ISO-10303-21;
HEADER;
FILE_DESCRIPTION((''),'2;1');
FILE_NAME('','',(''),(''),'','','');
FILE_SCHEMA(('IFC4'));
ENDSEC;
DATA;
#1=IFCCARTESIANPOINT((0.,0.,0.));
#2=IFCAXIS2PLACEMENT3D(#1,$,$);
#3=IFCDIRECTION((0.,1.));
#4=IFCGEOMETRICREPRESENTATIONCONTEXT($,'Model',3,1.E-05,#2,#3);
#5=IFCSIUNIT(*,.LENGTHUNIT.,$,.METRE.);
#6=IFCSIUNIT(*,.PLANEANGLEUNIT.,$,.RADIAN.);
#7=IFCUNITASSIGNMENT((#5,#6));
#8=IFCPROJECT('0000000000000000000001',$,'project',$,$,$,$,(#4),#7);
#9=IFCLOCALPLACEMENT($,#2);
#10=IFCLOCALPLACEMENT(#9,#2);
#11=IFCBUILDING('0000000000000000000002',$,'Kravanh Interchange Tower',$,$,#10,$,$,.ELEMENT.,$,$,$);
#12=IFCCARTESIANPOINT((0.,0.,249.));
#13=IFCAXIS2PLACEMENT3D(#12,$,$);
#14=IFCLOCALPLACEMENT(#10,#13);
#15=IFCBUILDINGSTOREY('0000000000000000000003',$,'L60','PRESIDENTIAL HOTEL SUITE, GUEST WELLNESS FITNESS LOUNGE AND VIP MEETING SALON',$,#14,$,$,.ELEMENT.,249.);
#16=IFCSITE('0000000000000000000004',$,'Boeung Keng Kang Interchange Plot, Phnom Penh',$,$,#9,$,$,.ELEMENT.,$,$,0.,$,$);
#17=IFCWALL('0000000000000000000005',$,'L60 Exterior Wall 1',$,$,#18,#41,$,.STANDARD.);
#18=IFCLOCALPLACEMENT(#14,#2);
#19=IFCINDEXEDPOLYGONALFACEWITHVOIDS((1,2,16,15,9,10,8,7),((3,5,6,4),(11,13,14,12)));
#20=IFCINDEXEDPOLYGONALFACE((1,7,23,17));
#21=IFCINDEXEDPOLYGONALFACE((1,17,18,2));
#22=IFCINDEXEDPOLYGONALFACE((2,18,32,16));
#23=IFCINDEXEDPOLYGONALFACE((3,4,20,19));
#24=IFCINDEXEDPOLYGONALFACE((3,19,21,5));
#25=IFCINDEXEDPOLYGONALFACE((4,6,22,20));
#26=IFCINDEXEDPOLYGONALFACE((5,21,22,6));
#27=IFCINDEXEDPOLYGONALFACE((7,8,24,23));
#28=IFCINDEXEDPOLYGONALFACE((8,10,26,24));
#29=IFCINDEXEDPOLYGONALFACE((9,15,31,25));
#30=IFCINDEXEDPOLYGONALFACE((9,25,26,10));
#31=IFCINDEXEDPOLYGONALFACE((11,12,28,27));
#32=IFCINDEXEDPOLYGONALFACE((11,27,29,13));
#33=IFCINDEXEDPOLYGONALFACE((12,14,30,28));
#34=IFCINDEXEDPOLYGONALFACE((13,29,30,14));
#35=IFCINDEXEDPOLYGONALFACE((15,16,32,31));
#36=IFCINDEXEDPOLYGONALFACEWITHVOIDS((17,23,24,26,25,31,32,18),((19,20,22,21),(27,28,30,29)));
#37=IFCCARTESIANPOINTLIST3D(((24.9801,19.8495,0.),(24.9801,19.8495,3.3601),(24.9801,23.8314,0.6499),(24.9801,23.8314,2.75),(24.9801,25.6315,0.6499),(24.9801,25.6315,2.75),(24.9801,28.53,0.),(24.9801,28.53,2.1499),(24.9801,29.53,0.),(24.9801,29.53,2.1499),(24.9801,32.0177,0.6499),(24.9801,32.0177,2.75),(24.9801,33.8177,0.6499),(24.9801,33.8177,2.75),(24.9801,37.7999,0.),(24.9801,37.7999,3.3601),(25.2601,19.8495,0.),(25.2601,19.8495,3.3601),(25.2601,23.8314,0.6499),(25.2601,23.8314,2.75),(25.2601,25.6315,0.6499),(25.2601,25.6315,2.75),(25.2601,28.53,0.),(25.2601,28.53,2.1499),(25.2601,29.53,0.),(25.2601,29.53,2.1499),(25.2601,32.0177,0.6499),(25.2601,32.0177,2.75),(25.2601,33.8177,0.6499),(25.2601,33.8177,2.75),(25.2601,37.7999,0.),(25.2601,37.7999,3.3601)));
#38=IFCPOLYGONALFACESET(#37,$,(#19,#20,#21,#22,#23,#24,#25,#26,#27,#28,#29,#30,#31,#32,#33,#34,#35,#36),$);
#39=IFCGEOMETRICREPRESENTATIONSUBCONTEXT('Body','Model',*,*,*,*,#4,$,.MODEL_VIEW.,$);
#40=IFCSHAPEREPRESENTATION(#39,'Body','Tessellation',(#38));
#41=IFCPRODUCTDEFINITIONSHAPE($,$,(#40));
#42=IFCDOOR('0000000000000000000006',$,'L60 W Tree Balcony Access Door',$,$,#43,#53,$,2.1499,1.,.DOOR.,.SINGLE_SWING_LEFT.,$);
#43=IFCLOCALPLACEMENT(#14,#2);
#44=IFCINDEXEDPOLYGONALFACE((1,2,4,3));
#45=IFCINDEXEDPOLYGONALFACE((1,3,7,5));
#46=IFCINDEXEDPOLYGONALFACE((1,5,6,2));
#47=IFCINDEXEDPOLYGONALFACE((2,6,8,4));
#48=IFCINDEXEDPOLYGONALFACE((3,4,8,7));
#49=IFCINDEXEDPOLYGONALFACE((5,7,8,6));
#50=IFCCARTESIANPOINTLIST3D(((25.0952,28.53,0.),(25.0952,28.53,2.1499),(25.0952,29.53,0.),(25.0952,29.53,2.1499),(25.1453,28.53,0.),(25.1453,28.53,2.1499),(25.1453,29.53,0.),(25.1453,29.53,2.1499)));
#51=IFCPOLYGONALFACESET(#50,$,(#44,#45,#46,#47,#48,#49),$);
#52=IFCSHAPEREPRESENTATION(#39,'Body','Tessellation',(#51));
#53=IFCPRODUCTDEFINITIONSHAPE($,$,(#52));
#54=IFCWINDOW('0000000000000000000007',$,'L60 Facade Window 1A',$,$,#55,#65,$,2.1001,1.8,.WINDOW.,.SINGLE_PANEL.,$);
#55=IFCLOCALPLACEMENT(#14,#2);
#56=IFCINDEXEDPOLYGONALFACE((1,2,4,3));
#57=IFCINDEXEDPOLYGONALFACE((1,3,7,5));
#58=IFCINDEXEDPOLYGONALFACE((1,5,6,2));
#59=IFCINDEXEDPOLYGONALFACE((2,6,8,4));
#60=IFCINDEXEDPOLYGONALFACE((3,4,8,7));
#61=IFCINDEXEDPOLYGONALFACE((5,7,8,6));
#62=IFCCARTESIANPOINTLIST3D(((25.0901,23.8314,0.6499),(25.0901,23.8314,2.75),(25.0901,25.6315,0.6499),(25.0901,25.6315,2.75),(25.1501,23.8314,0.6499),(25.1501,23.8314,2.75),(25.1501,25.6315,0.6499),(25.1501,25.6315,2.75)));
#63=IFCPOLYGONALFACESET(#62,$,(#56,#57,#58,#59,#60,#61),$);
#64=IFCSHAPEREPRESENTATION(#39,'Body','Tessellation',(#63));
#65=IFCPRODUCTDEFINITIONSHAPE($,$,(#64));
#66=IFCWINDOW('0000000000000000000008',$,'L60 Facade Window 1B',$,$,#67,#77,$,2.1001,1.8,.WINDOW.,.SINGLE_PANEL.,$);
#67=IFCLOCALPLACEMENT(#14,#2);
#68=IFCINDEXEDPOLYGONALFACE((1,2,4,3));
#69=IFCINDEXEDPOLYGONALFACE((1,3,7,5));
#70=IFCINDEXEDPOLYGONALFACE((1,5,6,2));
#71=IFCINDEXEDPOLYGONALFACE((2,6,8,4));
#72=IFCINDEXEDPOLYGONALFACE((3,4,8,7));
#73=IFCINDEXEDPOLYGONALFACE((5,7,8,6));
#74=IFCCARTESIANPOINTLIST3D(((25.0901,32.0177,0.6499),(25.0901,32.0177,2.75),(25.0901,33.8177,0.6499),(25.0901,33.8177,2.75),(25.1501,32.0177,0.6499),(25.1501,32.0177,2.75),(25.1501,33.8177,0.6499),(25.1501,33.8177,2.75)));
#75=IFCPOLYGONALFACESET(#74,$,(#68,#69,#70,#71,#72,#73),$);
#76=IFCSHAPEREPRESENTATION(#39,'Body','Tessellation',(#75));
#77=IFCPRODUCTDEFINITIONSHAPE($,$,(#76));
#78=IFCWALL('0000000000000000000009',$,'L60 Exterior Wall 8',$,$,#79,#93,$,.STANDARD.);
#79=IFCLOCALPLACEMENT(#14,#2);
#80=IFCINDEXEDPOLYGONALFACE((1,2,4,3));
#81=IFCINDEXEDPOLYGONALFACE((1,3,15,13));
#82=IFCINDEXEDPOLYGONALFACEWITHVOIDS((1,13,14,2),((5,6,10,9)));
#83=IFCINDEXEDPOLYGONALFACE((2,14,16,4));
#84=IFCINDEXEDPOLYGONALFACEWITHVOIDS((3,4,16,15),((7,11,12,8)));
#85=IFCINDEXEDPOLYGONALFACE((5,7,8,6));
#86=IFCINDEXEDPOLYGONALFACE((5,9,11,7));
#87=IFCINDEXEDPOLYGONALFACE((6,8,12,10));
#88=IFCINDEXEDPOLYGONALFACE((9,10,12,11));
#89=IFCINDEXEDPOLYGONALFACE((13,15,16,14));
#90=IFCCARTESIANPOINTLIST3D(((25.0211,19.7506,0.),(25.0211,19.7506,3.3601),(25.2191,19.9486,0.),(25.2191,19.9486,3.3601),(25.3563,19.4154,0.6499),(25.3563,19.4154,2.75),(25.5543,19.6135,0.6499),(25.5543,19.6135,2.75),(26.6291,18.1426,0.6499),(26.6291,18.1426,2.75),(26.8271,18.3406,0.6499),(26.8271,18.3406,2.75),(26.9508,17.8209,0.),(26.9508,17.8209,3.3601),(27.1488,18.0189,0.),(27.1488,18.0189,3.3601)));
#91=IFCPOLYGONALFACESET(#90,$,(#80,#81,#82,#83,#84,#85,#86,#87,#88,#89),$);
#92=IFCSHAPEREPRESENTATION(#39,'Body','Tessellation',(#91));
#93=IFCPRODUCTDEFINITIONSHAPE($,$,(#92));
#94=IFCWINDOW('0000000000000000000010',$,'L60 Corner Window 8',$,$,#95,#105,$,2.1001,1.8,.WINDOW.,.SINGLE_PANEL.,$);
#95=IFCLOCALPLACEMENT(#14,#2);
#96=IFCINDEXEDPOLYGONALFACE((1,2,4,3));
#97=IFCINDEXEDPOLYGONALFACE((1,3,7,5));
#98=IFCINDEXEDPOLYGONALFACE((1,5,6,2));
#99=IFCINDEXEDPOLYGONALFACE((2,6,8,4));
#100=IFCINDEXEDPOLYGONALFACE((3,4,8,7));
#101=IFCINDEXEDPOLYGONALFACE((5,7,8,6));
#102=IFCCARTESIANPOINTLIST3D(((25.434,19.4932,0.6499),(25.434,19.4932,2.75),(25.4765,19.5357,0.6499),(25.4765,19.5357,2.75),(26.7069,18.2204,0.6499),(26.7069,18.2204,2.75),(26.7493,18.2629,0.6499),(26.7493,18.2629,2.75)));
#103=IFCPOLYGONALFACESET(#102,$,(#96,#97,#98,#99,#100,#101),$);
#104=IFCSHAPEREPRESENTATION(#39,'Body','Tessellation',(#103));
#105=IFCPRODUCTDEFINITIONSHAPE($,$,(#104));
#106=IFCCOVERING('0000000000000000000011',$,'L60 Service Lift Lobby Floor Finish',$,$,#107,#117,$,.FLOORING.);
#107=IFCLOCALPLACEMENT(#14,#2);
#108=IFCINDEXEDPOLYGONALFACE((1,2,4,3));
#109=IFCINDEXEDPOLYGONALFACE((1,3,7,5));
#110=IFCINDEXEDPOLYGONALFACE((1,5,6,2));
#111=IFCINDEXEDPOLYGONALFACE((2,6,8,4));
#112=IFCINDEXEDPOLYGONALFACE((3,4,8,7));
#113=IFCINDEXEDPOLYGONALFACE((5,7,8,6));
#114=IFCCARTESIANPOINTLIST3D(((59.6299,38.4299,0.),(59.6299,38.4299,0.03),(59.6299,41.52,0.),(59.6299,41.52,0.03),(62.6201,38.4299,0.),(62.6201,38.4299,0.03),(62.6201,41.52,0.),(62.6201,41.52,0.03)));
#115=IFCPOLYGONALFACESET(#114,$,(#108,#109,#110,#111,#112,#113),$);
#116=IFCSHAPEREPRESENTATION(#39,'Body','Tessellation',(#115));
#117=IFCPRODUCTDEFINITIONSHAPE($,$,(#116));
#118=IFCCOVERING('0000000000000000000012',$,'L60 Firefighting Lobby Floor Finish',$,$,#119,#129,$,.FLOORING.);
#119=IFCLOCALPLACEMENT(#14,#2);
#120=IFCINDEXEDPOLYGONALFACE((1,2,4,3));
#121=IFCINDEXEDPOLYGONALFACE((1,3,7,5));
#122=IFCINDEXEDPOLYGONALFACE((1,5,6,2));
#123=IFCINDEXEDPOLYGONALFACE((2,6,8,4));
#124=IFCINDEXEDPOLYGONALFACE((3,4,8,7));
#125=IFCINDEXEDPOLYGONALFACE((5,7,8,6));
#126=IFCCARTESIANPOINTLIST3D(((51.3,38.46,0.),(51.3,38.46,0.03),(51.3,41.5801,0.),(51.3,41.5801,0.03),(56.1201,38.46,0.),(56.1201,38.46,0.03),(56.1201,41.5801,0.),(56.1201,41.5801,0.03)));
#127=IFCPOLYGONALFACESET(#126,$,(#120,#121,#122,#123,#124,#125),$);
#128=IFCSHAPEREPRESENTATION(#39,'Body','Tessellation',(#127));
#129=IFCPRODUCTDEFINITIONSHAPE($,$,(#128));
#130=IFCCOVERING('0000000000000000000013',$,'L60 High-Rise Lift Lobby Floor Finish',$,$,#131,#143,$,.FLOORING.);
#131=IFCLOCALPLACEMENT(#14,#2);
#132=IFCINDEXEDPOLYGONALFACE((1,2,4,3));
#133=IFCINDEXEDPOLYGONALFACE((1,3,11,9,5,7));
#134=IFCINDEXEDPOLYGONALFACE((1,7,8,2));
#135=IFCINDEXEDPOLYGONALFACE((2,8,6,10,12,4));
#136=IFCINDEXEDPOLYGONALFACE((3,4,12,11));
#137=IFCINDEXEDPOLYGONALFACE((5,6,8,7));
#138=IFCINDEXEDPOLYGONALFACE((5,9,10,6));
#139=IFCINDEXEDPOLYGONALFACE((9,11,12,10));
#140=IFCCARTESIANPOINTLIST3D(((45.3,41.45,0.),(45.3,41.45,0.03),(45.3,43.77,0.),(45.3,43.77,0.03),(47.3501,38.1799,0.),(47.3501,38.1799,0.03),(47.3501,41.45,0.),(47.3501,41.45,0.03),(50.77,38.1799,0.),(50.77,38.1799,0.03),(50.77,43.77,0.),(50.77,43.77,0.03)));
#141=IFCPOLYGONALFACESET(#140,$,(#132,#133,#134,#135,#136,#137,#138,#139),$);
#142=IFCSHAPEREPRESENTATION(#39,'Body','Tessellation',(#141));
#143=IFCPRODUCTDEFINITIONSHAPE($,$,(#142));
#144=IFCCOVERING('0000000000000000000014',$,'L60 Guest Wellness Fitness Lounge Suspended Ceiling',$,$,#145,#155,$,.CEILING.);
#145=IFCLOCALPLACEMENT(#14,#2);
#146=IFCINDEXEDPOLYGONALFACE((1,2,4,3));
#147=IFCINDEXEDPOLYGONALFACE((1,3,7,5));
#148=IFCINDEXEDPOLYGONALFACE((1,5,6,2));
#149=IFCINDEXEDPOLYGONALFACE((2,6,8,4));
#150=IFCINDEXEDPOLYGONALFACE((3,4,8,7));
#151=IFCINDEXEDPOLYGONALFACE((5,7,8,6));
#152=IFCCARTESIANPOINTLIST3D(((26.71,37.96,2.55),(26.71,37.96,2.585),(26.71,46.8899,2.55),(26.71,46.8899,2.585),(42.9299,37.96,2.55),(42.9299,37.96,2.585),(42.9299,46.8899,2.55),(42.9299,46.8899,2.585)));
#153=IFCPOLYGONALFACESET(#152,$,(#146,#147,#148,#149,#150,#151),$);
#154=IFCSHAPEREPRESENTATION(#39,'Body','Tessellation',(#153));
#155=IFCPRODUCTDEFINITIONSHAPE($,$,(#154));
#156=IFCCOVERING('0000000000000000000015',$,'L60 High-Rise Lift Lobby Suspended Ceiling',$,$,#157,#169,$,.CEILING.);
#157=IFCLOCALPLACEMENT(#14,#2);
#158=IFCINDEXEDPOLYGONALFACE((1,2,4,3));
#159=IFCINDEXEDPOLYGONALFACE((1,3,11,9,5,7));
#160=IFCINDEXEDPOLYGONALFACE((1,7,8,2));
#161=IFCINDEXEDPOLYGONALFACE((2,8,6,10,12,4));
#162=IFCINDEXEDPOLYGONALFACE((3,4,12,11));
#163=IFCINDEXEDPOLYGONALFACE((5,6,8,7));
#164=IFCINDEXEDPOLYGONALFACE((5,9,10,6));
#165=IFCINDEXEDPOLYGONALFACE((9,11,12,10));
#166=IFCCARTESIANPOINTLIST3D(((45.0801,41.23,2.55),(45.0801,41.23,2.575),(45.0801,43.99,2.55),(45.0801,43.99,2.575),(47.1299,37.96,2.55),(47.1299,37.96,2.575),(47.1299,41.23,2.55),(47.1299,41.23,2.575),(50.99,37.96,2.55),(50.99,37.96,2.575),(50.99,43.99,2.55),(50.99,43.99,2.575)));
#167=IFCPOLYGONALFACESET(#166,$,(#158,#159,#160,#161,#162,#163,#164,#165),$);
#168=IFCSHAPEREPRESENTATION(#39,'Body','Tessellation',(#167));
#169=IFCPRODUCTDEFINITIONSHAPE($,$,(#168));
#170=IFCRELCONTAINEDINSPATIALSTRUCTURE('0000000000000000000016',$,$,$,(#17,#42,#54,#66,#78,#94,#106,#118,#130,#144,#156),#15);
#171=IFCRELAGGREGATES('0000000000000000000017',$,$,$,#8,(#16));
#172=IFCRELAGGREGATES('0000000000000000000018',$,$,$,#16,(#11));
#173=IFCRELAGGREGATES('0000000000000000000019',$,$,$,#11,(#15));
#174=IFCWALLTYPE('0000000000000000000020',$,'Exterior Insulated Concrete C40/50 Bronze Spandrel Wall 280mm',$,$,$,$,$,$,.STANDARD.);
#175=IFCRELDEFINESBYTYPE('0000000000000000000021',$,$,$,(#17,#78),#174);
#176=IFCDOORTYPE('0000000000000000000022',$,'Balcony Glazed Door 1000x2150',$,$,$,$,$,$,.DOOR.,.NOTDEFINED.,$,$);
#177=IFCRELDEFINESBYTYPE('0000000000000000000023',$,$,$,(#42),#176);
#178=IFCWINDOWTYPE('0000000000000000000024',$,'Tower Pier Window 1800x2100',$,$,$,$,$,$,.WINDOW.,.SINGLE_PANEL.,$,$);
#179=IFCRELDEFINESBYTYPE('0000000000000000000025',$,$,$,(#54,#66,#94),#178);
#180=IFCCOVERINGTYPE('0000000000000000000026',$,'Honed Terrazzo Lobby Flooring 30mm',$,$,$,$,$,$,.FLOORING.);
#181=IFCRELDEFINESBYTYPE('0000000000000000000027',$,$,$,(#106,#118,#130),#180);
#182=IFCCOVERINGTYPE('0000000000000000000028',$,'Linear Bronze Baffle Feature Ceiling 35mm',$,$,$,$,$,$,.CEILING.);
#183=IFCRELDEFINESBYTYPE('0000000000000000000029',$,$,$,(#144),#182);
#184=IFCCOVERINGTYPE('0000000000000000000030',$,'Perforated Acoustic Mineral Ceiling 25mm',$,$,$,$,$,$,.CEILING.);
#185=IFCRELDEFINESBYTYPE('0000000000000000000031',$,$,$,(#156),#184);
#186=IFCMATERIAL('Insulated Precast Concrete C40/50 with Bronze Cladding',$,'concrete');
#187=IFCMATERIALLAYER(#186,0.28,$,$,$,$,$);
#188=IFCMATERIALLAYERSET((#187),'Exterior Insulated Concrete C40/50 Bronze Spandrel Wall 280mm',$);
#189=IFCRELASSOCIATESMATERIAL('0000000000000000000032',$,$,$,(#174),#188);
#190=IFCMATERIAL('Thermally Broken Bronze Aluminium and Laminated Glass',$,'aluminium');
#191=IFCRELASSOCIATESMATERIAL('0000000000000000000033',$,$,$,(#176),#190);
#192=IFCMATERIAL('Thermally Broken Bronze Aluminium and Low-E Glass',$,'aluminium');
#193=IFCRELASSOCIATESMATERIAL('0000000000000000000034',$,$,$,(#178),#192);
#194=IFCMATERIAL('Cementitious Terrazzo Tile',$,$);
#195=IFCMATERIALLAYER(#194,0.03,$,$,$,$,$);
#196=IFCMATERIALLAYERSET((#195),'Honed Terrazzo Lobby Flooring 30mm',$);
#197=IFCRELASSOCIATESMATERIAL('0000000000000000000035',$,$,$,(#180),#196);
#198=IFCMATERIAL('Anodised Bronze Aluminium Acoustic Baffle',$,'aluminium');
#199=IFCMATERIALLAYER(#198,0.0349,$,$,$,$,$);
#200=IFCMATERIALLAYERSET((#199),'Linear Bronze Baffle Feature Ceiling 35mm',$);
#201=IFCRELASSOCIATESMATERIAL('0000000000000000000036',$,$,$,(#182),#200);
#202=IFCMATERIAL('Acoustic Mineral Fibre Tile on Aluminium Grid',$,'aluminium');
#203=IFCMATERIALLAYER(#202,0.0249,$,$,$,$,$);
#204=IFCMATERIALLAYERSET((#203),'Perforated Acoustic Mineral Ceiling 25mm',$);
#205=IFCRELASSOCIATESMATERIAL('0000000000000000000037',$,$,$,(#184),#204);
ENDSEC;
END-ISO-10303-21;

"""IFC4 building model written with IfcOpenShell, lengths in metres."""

from ifc_helpers import new_model, si_unit, direction, frame, frame_2d, origin, place, context, subcontext, project, spatial, polyline, rectangle, outline, extrude, material, layer, layer_set, type_object, element, fill, save


model = new_model("IFC4")

# Units and contexts
model_context = context("Model", 3, precision=1e-05, world=origin(), true_north=direction((0.0, 1.0)))
body_context = subcontext(model_context, "Body", "Model", "MODEL_VIEW")
ifc_project = project(units=[si_unit("LENGTHUNIT", "METRE"), si_unit("PLANEANGLEUNIT", "RADIAN")], contexts=[model_context])

# Site, building, storey
site_placement = place(None, origin())
site = spatial("IfcSite", under=ifc_project, at=site_placement, Name="Boeung Keng Kang Interchange Plot, Phnom Penh", CompositionType="ELEMENT", RefElevation=0.0)
building_placement = place(site_placement, origin())
building = spatial("IfcBuilding", under=site, at=building_placement, Name="Kravanh Interchange Tower", CompositionType="ELEMENT")
storey_placement = place(building_placement, frame((0.0, 0.0, 249.0)))
storey = spatial("IfcBuildingStorey", under=building, at=storey_placement, Name="L60", Description="PRESIDENTIAL HOTEL SUITE, GUEST WELLNESS FITNESS LOUNGE AND VIP MEETING SALON", CompositionType="ELEMENT", Elevation=249.0)

# Wall, openings, door, windows
ifc_material_1 = material(Name="Insulated Precast Concrete C40/50 with Bronze Cladding", Category="concrete")
ifc_layer_1 = layer(ifc_material_1, 0.28)
ifc_layer_set_1 = layer_set([ifc_layer_1], Name="Exterior Insulated Concrete C40/50 Bronze Spandrel Wall 280mm")
wall_type_1 = type_object("IfcWallType", Name="Exterior Insulated Concrete C40/50 Bronze Spandrel Wall 280mm", PredefinedType="STANDARD", material=ifc_layer_set_1)
wall_1_placement = place(storey_placement, frame((25.1201, 19.8496, 0.0), z_axis=(0.0, 0.0, 1.0), x_axis=(0.0, 1.0, 0.0)))
wall_1 = element("IfcWall", 1, at=wall_1_placement, inside=storey, type_object=wall_type_1, Name="L60 Exterior Wall 1", PredefinedType="STANDARD", context=body_context, shape_type="SweptSolid", body=[
    extrude(rectangle(XDim=17.9504, YDim=0.28, at=frame_2d((8.9751, 0.0))), origin(), (0.0, 0.0, 1.0), 3.3601),
])
opening_1_placement = place(wall_1_placement, frame((8.6804, 0.0, 0.0)))
opening_1 = element("IfcOpeningElement", 2, at=opening_1_placement, cuts=wall_1, PredefinedType="OPENING", context=body_context, shape_type="SweptSolid", body=[
    extrude(rectangle(XDim=1.0, YDim=2.1499, at=frame_2d((0.5, 1.075))), frame((0.0, 0.1499, 0.0), z_axis=(0.0, -1.0, 0.0), x_axis=(1.0, 0.0, 0.0)), (0.0, 0.0, 1.0), 0.3),
])
opening_2_placement = place(wall_1_placement, frame((3.9819, 0.0, 0.6499)))
opening_2 = element("IfcOpeningElement", 3, at=opening_2_placement, cuts=wall_1, PredefinedType="OPENING", context=body_context, shape_type="SweptSolid", body=[
    extrude(rectangle(XDim=1.8, YDim=2.1001, at=frame_2d((0.8999, 1.05))), frame((0.0, 0.1499, 0.0), z_axis=(0.0, -1.0, 0.0), x_axis=(1.0, 0.0, 0.0)), (0.0, 0.0, 1.0), 0.3),
])
opening_3_placement = place(wall_1_placement, frame((12.1682, 0.0, 0.6499)))
opening_3 = element("IfcOpeningElement", 4, at=opening_3_placement, cuts=wall_1, PredefinedType="OPENING", context=body_context, shape_type="SweptSolid", body=[
    extrude(rectangle(XDim=1.8, YDim=2.1001, at=frame_2d((0.8999, 1.05))), frame((0.0, 0.1499, 0.0), z_axis=(0.0, -1.0, 0.0), x_axis=(1.0, 0.0, 0.0)), (0.0, 0.0, 1.0), 0.3),
])
ifc_material_2 = material(Name="Thermally Broken Bronze Aluminium and Laminated Glass", Category="aluminium")
door_type = type_object("IfcDoorType", Name="Balcony Glazed Door 1000x2150", OperationType="NOTDEFINED", PredefinedType="DOOR", material=ifc_material_2)
door_placement = place(opening_1_placement, origin())
door = element("IfcDoor", 5, at=door_placement, inside=storey, type_object=door_type, Name="L60 W Tree Balcony Access Door", OperationType="SINGLE_SWING_LEFT", OverallHeight=2.1499, OverallWidth=1.0, PredefinedType="DOOR", context=body_context, shape_type="SweptSolid", body=[
    extrude(rectangle(XDim=1.0, YDim=2.1499, at=frame_2d((0.5, 1.075))), frame((0.0, 0.0249, 0.0), z_axis=(0.0, -1.0, 0.0), x_axis=(1.0, 0.0, 0.0)), (0.0, 0.0, 1.0), 0.05),
])
fill(opening_1, door)
ifc_material_3 = material(Name="Thermally Broken Bronze Aluminium and Low-E Glass", Category="aluminium")
window_type = type_object("IfcWindowType", Name="Tower Pier Window 1800x2100", PartitioningType="SINGLE_PANEL", PredefinedType="WINDOW", material=ifc_material_3)
window_1_placement = place(opening_2_placement, origin())
window_1 = element("IfcWindow", 6, at=window_1_placement, inside=storey, type_object=window_type, Name="L60 Facade Window 1A", OverallHeight=2.1001, OverallWidth=1.8, PartitioningType="SINGLE_PANEL", PredefinedType="WINDOW", context=body_context, shape_type="SweptSolid", body=[
    extrude(rectangle(XDim=1.8, YDim=2.1001, at=frame_2d((0.8999, 1.05))), frame((0.0, 0.03, 0.0), z_axis=(0.0, -1.0, 0.0), x_axis=(1.0, 0.0, 0.0)), (0.0, 0.0, 1.0), 0.0601),
])
fill(opening_2, window_1)
window_2_placement = place(opening_3_placement, origin())
window_2 = element("IfcWindow", 7, at=window_2_placement, inside=storey, type_object=window_type, Name="L60 Facade Window 1B", OverallHeight=2.1001, OverallWidth=1.8, PartitioningType="SINGLE_PANEL", PredefinedType="WINDOW", context=body_context, shape_type="SweptSolid", body=[
    extrude(rectangle(XDim=1.8, YDim=2.1001, at=frame_2d((0.8999, 1.05))), frame((0.0, 0.03, 0.0), z_axis=(0.0, -1.0, 0.0), x_axis=(1.0, 0.0, 0.0)), (0.0, 0.0, 1.0), 0.0601),
])
fill(opening_3, window_2)

# Wall, opening, window
wall_2_placement = place(storey_placement, frame((27.0498, 17.9199, 0.0), z_axis=(0.0, 0.0, 1.0), x_axis=(-0.707107, 0.707107, 0.0)))
wall_2 = element("IfcWall", 8, at=wall_2_placement, inside=storey, type_object=wall_type_1, Name="L60 Exterior Wall 8", PredefinedType="STANDARD", context=body_context, shape_type="SweptSolid", body=[
    extrude(rectangle(XDim=2.729, YDim=0.28, at=frame_2d((1.3645, 0.0))), origin(), (0.0, 0.0, 1.0), 3.3601),
])
opening_4_placement = place(wall_2_placement, frame((0.4551, 0.0, 0.6499)))
opening_4 = element("IfcOpeningElement", 9, at=opening_4_placement, cuts=wall_2, PredefinedType="OPENING", context=body_context, shape_type="SweptSolid", body=[
    extrude(rectangle(XDim=1.8, YDim=2.1001, at=frame_2d((0.8999, 1.05))), frame((0.0, 0.1499, 0.0), z_axis=(0.0, -1.0, 0.0), x_axis=(1.0, 0.0, 0.0)), (0.0, 0.0, 1.0), 0.3),
])
window_3_placement = place(opening_4_placement, origin())
window_3 = element("IfcWindow", 10, at=window_3_placement, inside=storey, type_object=window_type, Name="L60 Corner Window 8", OverallHeight=2.1001, OverallWidth=1.8, PartitioningType="SINGLE_PANEL", PredefinedType="WINDOW", context=body_context, shape_type="SweptSolid", body=[
    extrude(rectangle(XDim=1.8, YDim=2.1001, at=frame_2d((0.8999, 1.05))), frame((0.0, 0.03, 0.0), z_axis=(0.0, -1.0, 0.0), x_axis=(1.0, 0.0, 0.0)), (0.0, 0.0, 1.0), 0.0601),
])
fill(opening_4, window_3)

# Coverings
ifc_material_4 = material(Name="Cementitious Terrazzo Tile")
ifc_layer_2 = layer(ifc_material_4, 0.03)
ifc_layer_set_2 = layer_set([ifc_layer_2], Name="Honed Terrazzo Lobby Flooring 30mm")
covering_type_1 = type_object("IfcCoveringType", Name="Honed Terrazzo Lobby Flooring 30mm", PredefinedType="FLOORING", material=ifc_layer_set_2)
covering_1_placement = place(storey_placement, origin())
element("IfcCovering", 11, at=covering_1_placement, inside=storey, type_object=covering_type_1, Name="L60 Service Lift Lobby Floor Finish", PredefinedType="FLOORING", context=body_context, shape_type="SweptSolid", body=[
    extrude(outline(polyline([(59.6299, 41.52), (62.6201, 41.52), (62.6201, 38.4299), (59.6299, 38.4299), (59.6299, 41.52)])), origin(), (0.0, 0.0, 1.0), 0.03),
])
covering_2_placement = place(storey_placement, origin())
element("IfcCovering", 12, at=covering_2_placement, inside=storey, type_object=covering_type_1, Name="L60 Firefighting Lobby Floor Finish", PredefinedType="FLOORING", context=body_context, shape_type="SweptSolid", body=[
    extrude(outline(polyline([(56.1201, 38.46), (51.3, 38.46), (51.3, 41.5801), (56.1201, 41.5801), (56.1201, 38.46)])), origin(), (0.0, 0.0, 1.0), 0.03),
])
covering_3_placement = place(storey_placement, origin())
element("IfcCovering", 13, at=covering_3_placement, inside=storey, type_object=covering_type_1, Name="L60 High-Rise Lift Lobby Floor Finish", PredefinedType="FLOORING", context=body_context, shape_type="SweptSolid", body=[
    extrude(outline(polyline([(50.77, 43.77), (50.77, 38.1799), (47.3501, 38.1799), (47.3501, 41.45), (45.3, 41.45), (45.3, 43.77), (50.77, 43.77)])), origin(), (0.0, 0.0, 1.0), 0.03),
])
ifc_material_5 = material(Name="Anodised Bronze Aluminium Acoustic Baffle", Category="aluminium")
ifc_layer_3 = layer(ifc_material_5, 0.0349)
ifc_layer_set_3 = layer_set([ifc_layer_3], Name="Linear Bronze Baffle Feature Ceiling 35mm")
covering_type_2 = type_object("IfcCoveringType", Name="Linear Bronze Baffle Feature Ceiling 35mm", PredefinedType="CEILING", material=ifc_layer_set_3)
covering_4_placement = place(storey_placement, frame((0.0, 0.0, 2.55)))
element("IfcCovering", 14, at=covering_4_placement, inside=storey, type_object=covering_type_2, Name="L60 Guest Wellness Fitness Lounge Suspended Ceiling", PredefinedType="CEILING", context=body_context, shape_type="SweptSolid", body=[
    extrude(outline(polyline([(42.9299, 46.8899), (42.9299, 37.96), (26.71, 37.96), (26.71, 46.8899), (42.9299, 46.8899)])), origin(), (0.0, 0.0, 1.0), 0.0349),
])
ifc_material_6 = material(Name="Acoustic Mineral Fibre Tile on Aluminium Grid", Category="aluminium")
ifc_layer_4 = layer(ifc_material_6, 0.0249)
ifc_layer_set_4 = layer_set([ifc_layer_4], Name="Perforated Acoustic Mineral Ceiling 25mm")
covering_type_3 = type_object("IfcCoveringType", Name="Perforated Acoustic Mineral Ceiling 25mm", PredefinedType="CEILING", material=ifc_layer_set_4)
covering_5_placement = place(storey_placement, frame((0.0, 0.0, 2.55)))
element("IfcCovering", 15, at=covering_5_placement, inside=storey, type_object=covering_type_3, Name="L60 High-Rise Lift Lobby Suspended Ceiling", PredefinedType="CEILING", context=body_context, shape_type="SweptSolid", body=[
    extrude(outline(polyline([(47.1299, 37.96), (47.1299, 41.23), (45.0801, 41.23), (45.0801, 43.99), (50.99, 43.99), (50.99, 37.96), (47.1299, 37.96)])), origin(), (0.0, 0.0, 1.0), 0.0249),
])

save(model, "model.ifc")
